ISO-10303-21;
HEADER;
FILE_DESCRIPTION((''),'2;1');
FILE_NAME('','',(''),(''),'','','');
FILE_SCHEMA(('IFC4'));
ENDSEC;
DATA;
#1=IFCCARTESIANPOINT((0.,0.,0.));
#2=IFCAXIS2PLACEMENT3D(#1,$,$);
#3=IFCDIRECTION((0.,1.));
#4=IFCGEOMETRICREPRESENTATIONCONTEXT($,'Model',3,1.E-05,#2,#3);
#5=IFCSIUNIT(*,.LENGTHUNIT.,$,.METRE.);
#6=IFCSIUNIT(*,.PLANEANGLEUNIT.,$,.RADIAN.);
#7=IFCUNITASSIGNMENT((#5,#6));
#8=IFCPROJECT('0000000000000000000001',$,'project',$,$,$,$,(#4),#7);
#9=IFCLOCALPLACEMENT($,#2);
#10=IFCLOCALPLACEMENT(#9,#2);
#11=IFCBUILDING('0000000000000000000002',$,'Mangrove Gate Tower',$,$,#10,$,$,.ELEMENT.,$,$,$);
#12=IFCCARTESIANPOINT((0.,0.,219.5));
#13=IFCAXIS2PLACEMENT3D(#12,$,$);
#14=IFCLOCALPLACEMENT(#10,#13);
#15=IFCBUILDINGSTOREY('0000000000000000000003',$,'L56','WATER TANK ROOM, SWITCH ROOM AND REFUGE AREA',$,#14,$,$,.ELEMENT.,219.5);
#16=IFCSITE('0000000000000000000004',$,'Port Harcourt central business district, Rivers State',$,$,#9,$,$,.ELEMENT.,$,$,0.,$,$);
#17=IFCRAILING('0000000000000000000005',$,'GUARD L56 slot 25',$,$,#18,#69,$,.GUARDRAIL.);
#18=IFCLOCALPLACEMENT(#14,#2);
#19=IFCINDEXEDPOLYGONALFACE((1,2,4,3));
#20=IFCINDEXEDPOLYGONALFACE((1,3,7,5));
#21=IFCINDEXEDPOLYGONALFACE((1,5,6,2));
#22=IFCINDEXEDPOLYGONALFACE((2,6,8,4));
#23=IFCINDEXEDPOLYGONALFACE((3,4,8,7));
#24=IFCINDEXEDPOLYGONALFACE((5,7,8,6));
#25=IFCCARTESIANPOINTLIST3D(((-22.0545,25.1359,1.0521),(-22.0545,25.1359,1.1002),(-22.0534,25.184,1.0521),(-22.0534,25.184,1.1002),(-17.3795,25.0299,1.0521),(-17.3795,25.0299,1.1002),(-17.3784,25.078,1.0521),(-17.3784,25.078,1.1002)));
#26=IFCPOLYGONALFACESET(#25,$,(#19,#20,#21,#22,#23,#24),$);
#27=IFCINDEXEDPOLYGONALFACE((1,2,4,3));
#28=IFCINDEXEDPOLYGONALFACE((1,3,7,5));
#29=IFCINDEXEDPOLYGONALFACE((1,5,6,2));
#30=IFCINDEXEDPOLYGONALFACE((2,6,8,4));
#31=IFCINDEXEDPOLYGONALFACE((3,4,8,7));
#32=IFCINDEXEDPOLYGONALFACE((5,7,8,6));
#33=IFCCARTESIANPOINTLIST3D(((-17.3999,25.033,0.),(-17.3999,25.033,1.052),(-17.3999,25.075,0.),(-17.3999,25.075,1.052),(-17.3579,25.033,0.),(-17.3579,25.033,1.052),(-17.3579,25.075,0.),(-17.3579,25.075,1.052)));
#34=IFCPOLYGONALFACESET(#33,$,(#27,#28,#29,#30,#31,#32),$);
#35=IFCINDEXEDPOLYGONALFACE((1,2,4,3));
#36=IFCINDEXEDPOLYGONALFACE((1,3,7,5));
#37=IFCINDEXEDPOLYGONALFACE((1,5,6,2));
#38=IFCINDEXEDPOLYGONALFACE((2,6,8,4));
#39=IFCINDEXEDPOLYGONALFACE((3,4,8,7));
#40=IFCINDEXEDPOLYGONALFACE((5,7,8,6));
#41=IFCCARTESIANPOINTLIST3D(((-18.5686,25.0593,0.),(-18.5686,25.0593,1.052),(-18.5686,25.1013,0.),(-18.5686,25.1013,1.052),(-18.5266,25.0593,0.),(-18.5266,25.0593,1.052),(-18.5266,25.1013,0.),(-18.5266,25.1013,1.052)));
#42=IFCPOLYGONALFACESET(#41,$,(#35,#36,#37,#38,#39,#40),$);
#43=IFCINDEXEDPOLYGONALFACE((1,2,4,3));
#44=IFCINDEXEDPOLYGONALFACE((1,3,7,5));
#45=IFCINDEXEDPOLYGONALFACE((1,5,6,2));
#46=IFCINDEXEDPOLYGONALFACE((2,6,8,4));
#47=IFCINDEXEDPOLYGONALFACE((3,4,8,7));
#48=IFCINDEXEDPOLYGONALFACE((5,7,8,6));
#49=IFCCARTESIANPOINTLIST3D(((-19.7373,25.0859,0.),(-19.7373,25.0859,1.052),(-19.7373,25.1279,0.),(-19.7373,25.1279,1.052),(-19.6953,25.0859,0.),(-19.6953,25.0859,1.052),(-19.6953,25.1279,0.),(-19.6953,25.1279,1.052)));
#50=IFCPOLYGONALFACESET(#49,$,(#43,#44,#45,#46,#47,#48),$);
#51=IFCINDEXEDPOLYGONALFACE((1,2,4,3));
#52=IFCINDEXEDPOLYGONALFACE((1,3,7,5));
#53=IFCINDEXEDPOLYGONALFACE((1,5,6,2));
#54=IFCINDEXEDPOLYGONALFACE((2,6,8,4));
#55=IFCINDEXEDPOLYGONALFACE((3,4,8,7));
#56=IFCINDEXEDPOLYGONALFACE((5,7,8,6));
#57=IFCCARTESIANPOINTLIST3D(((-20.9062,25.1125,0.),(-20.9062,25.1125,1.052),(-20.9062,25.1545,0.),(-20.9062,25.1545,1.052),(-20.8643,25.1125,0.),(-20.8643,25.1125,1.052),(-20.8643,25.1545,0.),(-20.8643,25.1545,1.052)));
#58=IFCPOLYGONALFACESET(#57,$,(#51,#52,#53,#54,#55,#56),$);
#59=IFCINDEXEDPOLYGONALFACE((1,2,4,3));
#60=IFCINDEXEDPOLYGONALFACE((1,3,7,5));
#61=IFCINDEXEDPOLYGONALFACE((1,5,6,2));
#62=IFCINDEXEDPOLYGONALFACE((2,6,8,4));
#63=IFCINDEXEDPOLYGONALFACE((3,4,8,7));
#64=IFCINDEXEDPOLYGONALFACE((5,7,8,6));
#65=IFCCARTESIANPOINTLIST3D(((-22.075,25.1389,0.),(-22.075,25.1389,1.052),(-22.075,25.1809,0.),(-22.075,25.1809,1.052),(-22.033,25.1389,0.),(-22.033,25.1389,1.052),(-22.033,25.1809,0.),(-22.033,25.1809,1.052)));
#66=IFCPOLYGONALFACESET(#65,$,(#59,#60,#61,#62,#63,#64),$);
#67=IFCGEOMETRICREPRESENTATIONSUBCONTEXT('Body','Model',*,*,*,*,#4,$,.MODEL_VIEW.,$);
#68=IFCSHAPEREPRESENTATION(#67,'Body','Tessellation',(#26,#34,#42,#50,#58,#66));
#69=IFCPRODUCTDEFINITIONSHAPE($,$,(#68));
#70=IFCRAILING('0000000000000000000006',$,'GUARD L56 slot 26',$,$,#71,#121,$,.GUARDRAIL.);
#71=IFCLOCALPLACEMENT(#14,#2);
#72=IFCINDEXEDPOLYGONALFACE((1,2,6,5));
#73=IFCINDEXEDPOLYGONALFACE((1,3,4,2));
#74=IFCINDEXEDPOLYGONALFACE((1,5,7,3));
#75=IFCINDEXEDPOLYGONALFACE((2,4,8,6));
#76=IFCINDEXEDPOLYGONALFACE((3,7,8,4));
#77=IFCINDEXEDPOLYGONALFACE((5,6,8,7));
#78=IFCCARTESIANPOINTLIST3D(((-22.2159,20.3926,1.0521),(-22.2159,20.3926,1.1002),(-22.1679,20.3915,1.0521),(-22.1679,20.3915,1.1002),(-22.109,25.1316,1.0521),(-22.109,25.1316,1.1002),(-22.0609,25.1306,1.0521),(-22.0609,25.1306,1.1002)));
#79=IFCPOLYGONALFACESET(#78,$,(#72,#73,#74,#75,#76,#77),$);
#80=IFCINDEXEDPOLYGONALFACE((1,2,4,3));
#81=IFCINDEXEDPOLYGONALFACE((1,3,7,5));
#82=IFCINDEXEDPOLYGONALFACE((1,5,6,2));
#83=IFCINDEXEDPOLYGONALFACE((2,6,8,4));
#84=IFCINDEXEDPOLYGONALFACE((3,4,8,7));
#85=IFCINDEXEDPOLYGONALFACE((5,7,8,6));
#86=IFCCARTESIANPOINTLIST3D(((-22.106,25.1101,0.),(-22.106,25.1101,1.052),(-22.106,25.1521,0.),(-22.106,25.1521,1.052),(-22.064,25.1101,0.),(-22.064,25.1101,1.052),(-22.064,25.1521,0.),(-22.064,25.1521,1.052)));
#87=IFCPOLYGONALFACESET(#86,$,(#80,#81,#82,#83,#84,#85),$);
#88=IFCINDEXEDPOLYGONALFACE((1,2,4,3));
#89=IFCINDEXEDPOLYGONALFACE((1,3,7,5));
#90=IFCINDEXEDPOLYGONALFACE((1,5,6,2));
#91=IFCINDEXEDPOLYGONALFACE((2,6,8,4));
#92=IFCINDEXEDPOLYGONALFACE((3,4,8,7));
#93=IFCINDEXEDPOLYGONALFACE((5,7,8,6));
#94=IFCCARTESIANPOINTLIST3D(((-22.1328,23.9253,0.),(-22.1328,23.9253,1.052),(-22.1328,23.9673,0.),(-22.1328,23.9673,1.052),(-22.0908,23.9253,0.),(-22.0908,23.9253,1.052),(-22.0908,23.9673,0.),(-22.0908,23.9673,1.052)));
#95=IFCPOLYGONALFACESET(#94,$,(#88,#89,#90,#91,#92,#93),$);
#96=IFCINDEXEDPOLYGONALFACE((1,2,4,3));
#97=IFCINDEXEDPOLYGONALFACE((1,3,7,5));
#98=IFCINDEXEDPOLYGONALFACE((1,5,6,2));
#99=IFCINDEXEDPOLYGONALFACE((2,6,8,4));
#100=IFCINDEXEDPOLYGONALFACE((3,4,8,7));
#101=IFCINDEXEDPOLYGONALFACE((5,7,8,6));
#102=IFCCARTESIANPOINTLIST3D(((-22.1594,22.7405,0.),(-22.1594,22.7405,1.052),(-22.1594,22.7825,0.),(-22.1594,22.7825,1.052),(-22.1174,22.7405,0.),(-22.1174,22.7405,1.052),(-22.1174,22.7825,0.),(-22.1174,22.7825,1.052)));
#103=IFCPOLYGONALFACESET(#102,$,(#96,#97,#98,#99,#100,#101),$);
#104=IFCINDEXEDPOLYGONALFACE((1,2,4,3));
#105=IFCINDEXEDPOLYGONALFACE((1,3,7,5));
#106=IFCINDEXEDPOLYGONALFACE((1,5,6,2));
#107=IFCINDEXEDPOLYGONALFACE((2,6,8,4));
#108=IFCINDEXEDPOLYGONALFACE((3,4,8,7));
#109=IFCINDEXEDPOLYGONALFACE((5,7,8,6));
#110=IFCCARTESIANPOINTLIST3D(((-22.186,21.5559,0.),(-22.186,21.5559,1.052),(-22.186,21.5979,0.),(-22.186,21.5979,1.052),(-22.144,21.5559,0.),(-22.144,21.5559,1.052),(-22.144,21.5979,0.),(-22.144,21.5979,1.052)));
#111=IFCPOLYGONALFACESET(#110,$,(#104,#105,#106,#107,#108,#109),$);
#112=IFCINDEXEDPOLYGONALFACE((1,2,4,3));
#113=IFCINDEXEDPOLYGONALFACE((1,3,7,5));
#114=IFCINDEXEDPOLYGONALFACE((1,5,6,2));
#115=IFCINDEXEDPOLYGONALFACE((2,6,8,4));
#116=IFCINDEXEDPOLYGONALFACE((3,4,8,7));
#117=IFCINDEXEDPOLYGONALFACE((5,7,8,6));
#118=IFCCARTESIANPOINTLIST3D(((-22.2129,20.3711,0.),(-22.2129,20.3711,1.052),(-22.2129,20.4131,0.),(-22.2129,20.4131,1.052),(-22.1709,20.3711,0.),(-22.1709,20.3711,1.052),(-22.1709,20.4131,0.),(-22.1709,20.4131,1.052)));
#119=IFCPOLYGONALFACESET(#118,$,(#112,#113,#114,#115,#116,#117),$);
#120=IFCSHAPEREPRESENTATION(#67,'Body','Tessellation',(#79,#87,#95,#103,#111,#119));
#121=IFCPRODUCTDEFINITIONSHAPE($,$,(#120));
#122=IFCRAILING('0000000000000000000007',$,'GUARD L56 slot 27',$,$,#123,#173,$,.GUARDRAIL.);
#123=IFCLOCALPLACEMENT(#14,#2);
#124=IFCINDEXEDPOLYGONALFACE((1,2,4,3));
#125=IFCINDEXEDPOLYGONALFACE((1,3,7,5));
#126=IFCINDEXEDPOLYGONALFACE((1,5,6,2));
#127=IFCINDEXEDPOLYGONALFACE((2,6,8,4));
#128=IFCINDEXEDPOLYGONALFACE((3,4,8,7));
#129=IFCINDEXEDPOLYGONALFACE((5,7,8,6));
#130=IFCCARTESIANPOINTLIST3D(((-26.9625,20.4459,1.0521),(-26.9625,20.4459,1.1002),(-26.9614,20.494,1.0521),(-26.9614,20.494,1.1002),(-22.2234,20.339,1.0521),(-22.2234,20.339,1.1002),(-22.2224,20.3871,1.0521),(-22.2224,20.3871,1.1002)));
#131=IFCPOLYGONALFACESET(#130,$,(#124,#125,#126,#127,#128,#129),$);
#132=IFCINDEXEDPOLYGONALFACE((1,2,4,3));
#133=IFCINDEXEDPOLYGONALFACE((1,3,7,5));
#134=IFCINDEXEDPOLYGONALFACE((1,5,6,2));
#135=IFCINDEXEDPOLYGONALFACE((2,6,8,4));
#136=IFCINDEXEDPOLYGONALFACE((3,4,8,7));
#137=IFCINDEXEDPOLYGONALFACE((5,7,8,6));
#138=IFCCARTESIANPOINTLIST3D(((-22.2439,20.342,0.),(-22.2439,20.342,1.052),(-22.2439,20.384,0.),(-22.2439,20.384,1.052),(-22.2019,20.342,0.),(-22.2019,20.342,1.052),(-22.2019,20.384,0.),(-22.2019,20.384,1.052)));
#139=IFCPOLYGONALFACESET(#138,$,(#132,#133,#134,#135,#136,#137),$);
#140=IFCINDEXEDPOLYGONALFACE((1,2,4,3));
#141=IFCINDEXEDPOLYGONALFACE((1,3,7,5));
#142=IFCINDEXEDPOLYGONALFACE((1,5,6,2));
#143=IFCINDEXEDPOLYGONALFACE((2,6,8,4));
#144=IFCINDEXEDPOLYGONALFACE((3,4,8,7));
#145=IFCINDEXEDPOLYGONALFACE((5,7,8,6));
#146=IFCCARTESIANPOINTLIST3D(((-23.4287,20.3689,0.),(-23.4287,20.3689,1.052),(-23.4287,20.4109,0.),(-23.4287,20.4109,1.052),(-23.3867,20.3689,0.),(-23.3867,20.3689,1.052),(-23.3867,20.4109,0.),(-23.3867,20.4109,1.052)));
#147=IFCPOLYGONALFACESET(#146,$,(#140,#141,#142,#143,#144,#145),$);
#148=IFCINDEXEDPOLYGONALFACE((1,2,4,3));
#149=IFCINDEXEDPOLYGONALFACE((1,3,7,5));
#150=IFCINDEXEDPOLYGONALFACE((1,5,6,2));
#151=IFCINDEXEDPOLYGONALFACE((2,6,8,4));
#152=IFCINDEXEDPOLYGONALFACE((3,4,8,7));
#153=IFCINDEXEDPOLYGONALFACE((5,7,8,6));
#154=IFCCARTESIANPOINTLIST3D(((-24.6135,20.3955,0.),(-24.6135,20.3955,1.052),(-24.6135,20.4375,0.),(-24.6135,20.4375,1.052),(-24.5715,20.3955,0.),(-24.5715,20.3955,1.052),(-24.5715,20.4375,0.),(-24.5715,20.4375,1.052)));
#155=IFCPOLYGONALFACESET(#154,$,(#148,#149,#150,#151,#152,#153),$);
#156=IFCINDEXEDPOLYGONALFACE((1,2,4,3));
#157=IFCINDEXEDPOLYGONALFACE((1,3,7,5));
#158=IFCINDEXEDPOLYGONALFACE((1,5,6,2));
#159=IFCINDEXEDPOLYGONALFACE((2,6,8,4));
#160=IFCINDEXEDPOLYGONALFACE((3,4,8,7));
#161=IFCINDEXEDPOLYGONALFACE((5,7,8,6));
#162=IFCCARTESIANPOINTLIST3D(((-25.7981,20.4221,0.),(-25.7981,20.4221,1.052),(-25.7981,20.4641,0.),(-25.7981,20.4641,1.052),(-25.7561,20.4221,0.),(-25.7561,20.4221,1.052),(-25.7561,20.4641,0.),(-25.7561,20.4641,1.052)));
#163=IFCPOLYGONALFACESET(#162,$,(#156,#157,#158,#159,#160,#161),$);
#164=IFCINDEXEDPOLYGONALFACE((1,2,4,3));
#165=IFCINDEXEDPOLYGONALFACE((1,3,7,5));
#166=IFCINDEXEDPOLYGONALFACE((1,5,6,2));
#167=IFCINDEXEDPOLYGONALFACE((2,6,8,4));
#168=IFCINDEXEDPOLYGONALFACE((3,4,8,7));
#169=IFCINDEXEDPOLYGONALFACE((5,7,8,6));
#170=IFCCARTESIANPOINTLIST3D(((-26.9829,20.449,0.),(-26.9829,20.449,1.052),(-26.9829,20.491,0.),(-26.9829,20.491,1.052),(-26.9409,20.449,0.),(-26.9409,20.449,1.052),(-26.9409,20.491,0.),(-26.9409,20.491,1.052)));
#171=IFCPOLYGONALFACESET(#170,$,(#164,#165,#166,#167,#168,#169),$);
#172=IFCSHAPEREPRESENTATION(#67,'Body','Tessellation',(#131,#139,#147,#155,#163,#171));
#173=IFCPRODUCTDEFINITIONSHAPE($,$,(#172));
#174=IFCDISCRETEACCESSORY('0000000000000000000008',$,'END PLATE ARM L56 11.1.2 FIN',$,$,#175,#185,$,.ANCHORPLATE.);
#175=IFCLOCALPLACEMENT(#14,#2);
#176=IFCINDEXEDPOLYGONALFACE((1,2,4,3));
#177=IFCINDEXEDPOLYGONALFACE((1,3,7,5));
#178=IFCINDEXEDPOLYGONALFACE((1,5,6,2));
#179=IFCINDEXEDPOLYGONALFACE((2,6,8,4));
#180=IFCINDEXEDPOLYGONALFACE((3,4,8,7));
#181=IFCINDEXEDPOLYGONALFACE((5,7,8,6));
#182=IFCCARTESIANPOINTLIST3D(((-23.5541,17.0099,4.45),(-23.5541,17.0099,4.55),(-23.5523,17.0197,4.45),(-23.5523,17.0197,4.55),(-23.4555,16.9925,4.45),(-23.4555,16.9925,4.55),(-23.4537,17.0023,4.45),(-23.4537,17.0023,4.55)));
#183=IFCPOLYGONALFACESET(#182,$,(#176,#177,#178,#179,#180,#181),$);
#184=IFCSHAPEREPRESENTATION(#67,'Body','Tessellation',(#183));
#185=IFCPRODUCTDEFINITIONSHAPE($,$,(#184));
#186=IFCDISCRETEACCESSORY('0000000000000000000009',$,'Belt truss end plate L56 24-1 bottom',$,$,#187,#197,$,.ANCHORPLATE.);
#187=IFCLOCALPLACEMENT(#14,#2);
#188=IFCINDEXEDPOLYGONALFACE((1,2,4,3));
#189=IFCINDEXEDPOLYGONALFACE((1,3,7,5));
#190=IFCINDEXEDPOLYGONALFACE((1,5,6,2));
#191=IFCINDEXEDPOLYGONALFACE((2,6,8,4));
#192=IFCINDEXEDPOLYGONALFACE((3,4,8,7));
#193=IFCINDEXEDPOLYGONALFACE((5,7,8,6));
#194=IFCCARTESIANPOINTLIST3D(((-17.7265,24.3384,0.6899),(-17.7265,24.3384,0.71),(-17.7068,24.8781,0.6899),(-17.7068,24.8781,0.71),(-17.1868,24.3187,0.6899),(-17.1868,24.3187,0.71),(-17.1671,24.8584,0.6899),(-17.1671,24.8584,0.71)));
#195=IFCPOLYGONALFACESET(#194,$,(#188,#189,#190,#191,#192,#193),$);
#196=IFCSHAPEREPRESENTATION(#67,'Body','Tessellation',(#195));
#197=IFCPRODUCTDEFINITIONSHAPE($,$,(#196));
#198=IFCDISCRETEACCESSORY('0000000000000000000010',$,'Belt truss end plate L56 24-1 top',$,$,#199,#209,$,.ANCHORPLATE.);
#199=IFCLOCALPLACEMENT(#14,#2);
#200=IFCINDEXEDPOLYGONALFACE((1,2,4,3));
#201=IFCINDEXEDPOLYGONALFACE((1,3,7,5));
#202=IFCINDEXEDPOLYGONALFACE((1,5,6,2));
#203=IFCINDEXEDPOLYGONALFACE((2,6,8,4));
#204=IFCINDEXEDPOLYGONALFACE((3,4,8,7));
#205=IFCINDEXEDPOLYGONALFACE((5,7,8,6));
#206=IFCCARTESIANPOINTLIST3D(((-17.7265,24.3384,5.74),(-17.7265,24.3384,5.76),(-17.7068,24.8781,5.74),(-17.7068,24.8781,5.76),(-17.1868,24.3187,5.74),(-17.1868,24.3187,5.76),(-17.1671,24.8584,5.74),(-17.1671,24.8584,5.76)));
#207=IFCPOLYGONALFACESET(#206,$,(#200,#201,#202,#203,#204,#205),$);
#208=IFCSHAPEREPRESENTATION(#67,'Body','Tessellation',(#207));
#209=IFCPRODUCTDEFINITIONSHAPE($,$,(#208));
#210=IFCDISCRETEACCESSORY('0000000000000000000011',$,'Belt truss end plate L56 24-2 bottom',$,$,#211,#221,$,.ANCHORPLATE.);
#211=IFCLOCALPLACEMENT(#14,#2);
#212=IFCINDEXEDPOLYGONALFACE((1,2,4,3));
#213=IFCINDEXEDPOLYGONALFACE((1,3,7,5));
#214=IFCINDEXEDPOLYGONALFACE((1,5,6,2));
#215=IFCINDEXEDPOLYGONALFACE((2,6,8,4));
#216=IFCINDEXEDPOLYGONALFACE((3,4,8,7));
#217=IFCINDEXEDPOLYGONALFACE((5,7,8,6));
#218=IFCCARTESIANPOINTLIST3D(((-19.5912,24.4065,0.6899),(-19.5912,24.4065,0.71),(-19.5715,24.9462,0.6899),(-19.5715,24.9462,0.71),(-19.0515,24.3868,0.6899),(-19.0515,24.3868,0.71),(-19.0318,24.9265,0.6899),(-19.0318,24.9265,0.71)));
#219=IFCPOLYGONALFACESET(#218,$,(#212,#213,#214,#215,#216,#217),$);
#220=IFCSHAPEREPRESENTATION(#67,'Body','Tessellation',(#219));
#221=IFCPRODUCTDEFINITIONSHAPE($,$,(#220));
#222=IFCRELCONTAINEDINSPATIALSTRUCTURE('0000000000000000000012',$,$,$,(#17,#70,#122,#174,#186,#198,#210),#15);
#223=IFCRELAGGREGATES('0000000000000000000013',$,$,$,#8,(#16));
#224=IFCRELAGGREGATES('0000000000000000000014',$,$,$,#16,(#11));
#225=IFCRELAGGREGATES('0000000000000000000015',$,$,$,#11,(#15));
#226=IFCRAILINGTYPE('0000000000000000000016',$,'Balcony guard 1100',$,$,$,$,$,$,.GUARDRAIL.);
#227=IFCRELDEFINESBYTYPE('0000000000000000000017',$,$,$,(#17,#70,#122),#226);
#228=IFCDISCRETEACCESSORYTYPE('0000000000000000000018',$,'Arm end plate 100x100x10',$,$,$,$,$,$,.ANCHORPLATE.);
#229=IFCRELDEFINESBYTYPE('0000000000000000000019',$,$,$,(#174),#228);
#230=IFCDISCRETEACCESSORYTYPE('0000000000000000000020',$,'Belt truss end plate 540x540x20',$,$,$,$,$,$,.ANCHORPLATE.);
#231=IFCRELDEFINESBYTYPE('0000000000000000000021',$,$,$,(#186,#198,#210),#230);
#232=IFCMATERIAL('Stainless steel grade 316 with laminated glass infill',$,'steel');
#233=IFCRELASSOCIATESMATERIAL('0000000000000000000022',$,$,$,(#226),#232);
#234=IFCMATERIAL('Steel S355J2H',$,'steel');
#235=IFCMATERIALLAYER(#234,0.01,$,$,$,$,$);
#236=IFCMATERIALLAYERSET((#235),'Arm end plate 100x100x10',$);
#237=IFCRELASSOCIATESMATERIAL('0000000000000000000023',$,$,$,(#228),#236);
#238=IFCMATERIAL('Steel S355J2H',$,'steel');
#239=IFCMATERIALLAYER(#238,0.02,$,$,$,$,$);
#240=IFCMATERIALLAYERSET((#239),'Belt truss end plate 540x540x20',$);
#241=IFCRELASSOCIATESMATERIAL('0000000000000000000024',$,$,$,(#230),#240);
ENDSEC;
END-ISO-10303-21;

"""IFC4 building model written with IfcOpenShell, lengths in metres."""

from ifc_helpers import new_model, si_unit, direction, frame, origin, origin_2d, place, context, subcontext, project, spatial, rectangle, extrude, material, layer, layer_set, type_object, element, save


model = new_model("IFC4")

# Units and contexts
model_context = context("Model", 3, precision=1e-05, world=origin(), true_north=direction((0.0, 1.0)))
body_context = subcontext(model_context, "Body", "Model", "MODEL_VIEW")
ifc_project = project(units=[si_unit("LENGTHUNIT", "METRE"), si_unit("PLANEANGLEUNIT", "RADIAN")], contexts=[model_context])

# Site, building, storey
site_placement = place(None, origin())
site = spatial("IfcSite", under=ifc_project, at=site_placement, Name="Port Harcourt central business district, Rivers State", CompositionType="ELEMENT", RefElevation=0.0)
building_placement = place(site_placement, origin())
building = spatial("IfcBuilding", under=site, at=building_placement, Name="Mangrove Gate Tower", CompositionType="ELEMENT")
storey_placement = place(building_placement, frame((0.0, 0.0, 219.5)))
storey = spatial("IfcBuildingStorey", under=building, at=storey_placement, Name="L56", Description="WATER TANK ROOM, SWITCH ROOM AND REFUGE AREA", CompositionType="ELEMENT", Elevation=219.5)

# Railings
ifc_material_1 = material(Name="Stainless steel grade 316 with laminated glass infill", Category="steel")
railing_type = type_object("IfcRailingType", Name="Balcony guard 1100", PredefinedType="GUARDRAIL", material=ifc_material_1)
railing_1_placement = place(storey_placement, frame((-17.3789, 25.054, 0.0)))
element("IfcRailing", 1, at=railing_1_placement, inside=storey, type_object=railing_type, Name="GUARD L56 slot 25", PredefinedType="GUARDRAIL", context=body_context, shape_type="SweptSolid", body=[
    extrude(rectangle(XDim=0.0481, YDim=0.0481, at=origin_2d()), frame((0.0, 0.0, 1.0762), z_axis=(-0.999743, 0.022659, 0.0), x_axis=(-0.022659, -0.999743, 0.0)), (0.0, 0.0, 1.0), 4.6763),
    extrude(rectangle(XDim=0.042, YDim=0.042, at=origin_2d()), origin(), (0.0, 0.0, 1.0), 1.052),
    extrude(rectangle(XDim=0.042, YDim=0.042, at=origin_2d()), frame((-1.1687, 0.0264, 0.0)), (0.0, 0.0, 1.0), 1.052),
    extrude(rectangle(XDim=0.042, YDim=0.042, at=origin_2d()), frame((-2.3374, 0.053, 0.0)), (0.0, 0.0, 1.0), 1.052),
    extrude(rectangle(XDim=0.042, YDim=0.042, at=origin_2d()), frame((-3.5063, 0.0796, 0.0)), (0.0, 0.0, 1.0), 1.052),
    extrude(rectangle(XDim=0.042, YDim=0.042, at=origin_2d()), frame((-4.675, 0.106, 0.0)), (0.0, 0.0, 1.0), 1.052),
])
railing_2_placement = place(storey_placement, frame((-22.085, 25.1311, 0.0)))
element("IfcRailing", 2, at=railing_2_placement, inside=storey, type_object=railing_type, Name="GUARD L56 slot 26", PredefinedType="GUARDRAIL", context=body_context, shape_type="SweptSolid", body=[
    extrude(rectangle(XDim=0.0481, YDim=0.0481, at=origin_2d()), frame((0.0, 0.0, 1.0762), z_axis=(-0.022559, -0.999746, 0.0), x_axis=(0.999746, -0.022559, 0.0)), (0.0, 0.0, 1.0), 4.7402),
    extrude(rectangle(XDim=0.042, YDim=0.042, at=origin_2d()), origin(), (0.0, 0.0, 1.0), 1.052),
    extrude(rectangle(XDim=0.042, YDim=0.042, at=origin_2d()), frame((-0.0269, -1.1848, 0.0)), (0.0, 0.0, 1.0), 1.052),
    extrude(rectangle(XDim=0.042, YDim=0.042, at=origin_2d()), frame((-0.0535, -2.3696, 0.0)), (0.0, 0.0, 1.0), 1.052),
    extrude(rectangle(XDim=0.042, YDim=0.042, at=origin_2d()), frame((-0.0801, -3.5542, 0.0)), (0.0, 0.0, 1.0), 1.052),
    extrude(rectangle(XDim=0.042, YDim=0.042, at=origin_2d()), frame((-0.1069, -4.739, 0.0)), (0.0, 0.0, 1.0), 1.052),
])
railing_3_placement = place(storey_placement, frame((-22.2229, 20.363, 0.0)))
element("IfcRailing", 3, at=railing_3_placement, inside=storey, type_object=railing_type, Name="GUARD L56 slot 27", PredefinedType="GUARDRAIL", context=body_context, shape_type="SweptSolid", body=[
    extrude(rectangle(XDim=0.0481, YDim=0.0481, at=origin_2d()), frame((0.0, 0.0, 1.0762), z_axis=(-0.999746, 0.022559, 0.0), x_axis=(-0.022559, -0.999746, 0.0)), (0.0, 0.0, 1.0), 4.7402),
    extrude(rectangle(XDim=0.042, YDim=0.042, at=origin_2d()), origin(), (0.0, 0.0, 1.0), 1.052),
    extrude(rectangle(XDim=0.042, YDim=0.042, at=origin_2d()), frame((-1.1848, 0.0269, 0.0)), (0.0, 0.0, 1.0), 1.052),
    extrude(rectangle(XDim=0.042, YDim=0.042, at=origin_2d()), frame((-2.3696, 0.0535, 0.0)), (0.0, 0.0, 1.0), 1.052),
    extrude(rectangle(XDim=0.042, YDim=0.042, at=origin_2d()), frame((-3.5542, 0.0801, 0.0)), (0.0, 0.0, 1.0), 1.052),
    extrude(rectangle(XDim=0.042, YDim=0.042, at=origin_2d()), frame((-4.739, 0.1069, 0.0)), (0.0, 0.0, 1.0), 1.052),
])

# Discrete accessories
ifc_material_2 = material(Name="Steel S355J2H", Category="steel")
ifc_layer_1 = layer(ifc_material_2, 0.01)
ifc_layer_set_1 = layer_set([ifc_layer_1], Name="Arm end plate 100x100x10")
discrete_accessory_type_1 = type_object("IfcDiscreteAccessoryType", Name="Arm end plate 100x100x10", PredefinedType="ANCHORPLATE", material=ifc_layer_set_1)
discrete_accessory_placement = place(storey_placement, frame((-23.5039, 17.0061, 4.45), z_axis=(0.0, 0.0, 1.0), x_axis=(0.173648, 0.984808, 0.0)))
element("IfcDiscreteAccessory", 4, at=discrete_accessory_placement, inside=storey, type_object=discrete_accessory_type_1, Name="END PLATE ARM L56 11.1.2 FIN", PredefinedType="ANCHORPLATE", context=body_context, shape_type="SweptSolid", body=[
    extrude(rectangle(XDim=0.01, YDim=0.1001, at=origin_2d()), origin(), (0.0, 0.0, 1.0), 0.1001),
])
ifc_material_3 = material(Name="Steel S355J2H", Category="steel")
ifc_layer_2 = layer(ifc_material_3, 0.02)
ifc_layer_set_2 = layer_set([ifc_layer_2], Name="Belt truss end plate 540x540x20")
discrete_accessory_type_2 = type_object("IfcDiscreteAccessoryType", Name="Belt truss end plate 540x540x20", PredefinedType="ANCHORPLATE", material=ifc_layer_set_2)
for number, where, z_axis, x_axis, name in (
    (5, (-17.4468, 24.5984, 0.6899), (0.0, 0.0, 1.0), (-0.999333, 0.036507, 0.0), "Belt truss end plate L56 24-1 bottom"),
    (6, (-17.4468, 24.5984, 5.74), (0.0, 0.0, 1.0), (-0.999333, 0.036507, 0.0), "Belt truss end plate L56 24-1 top"),
    (7, (-19.3115, 24.6665, 0.6899), (0.0, 0.0, 1.0), (-0.999333, 0.036507, 0.0), "Belt truss end plate L56 24-2 bottom"),
):
    element("IfcDiscreteAccessory", number, at=place(storey_placement, frame(where, z_axis=z_axis, x_axis=x_axis)), inside=storey, type_object=discrete_accessory_type_2, Name=name, PredefinedType="ANCHORPLATE", context=body_context, shape_type="SweptSolid", body=[
        extrude(rectangle(XDim=0.54, YDim=0.54, at=origin_2d()), origin(), (0.0, 0.0, 1.0), 0.02),
    ])

save(model, "model.ifc")
